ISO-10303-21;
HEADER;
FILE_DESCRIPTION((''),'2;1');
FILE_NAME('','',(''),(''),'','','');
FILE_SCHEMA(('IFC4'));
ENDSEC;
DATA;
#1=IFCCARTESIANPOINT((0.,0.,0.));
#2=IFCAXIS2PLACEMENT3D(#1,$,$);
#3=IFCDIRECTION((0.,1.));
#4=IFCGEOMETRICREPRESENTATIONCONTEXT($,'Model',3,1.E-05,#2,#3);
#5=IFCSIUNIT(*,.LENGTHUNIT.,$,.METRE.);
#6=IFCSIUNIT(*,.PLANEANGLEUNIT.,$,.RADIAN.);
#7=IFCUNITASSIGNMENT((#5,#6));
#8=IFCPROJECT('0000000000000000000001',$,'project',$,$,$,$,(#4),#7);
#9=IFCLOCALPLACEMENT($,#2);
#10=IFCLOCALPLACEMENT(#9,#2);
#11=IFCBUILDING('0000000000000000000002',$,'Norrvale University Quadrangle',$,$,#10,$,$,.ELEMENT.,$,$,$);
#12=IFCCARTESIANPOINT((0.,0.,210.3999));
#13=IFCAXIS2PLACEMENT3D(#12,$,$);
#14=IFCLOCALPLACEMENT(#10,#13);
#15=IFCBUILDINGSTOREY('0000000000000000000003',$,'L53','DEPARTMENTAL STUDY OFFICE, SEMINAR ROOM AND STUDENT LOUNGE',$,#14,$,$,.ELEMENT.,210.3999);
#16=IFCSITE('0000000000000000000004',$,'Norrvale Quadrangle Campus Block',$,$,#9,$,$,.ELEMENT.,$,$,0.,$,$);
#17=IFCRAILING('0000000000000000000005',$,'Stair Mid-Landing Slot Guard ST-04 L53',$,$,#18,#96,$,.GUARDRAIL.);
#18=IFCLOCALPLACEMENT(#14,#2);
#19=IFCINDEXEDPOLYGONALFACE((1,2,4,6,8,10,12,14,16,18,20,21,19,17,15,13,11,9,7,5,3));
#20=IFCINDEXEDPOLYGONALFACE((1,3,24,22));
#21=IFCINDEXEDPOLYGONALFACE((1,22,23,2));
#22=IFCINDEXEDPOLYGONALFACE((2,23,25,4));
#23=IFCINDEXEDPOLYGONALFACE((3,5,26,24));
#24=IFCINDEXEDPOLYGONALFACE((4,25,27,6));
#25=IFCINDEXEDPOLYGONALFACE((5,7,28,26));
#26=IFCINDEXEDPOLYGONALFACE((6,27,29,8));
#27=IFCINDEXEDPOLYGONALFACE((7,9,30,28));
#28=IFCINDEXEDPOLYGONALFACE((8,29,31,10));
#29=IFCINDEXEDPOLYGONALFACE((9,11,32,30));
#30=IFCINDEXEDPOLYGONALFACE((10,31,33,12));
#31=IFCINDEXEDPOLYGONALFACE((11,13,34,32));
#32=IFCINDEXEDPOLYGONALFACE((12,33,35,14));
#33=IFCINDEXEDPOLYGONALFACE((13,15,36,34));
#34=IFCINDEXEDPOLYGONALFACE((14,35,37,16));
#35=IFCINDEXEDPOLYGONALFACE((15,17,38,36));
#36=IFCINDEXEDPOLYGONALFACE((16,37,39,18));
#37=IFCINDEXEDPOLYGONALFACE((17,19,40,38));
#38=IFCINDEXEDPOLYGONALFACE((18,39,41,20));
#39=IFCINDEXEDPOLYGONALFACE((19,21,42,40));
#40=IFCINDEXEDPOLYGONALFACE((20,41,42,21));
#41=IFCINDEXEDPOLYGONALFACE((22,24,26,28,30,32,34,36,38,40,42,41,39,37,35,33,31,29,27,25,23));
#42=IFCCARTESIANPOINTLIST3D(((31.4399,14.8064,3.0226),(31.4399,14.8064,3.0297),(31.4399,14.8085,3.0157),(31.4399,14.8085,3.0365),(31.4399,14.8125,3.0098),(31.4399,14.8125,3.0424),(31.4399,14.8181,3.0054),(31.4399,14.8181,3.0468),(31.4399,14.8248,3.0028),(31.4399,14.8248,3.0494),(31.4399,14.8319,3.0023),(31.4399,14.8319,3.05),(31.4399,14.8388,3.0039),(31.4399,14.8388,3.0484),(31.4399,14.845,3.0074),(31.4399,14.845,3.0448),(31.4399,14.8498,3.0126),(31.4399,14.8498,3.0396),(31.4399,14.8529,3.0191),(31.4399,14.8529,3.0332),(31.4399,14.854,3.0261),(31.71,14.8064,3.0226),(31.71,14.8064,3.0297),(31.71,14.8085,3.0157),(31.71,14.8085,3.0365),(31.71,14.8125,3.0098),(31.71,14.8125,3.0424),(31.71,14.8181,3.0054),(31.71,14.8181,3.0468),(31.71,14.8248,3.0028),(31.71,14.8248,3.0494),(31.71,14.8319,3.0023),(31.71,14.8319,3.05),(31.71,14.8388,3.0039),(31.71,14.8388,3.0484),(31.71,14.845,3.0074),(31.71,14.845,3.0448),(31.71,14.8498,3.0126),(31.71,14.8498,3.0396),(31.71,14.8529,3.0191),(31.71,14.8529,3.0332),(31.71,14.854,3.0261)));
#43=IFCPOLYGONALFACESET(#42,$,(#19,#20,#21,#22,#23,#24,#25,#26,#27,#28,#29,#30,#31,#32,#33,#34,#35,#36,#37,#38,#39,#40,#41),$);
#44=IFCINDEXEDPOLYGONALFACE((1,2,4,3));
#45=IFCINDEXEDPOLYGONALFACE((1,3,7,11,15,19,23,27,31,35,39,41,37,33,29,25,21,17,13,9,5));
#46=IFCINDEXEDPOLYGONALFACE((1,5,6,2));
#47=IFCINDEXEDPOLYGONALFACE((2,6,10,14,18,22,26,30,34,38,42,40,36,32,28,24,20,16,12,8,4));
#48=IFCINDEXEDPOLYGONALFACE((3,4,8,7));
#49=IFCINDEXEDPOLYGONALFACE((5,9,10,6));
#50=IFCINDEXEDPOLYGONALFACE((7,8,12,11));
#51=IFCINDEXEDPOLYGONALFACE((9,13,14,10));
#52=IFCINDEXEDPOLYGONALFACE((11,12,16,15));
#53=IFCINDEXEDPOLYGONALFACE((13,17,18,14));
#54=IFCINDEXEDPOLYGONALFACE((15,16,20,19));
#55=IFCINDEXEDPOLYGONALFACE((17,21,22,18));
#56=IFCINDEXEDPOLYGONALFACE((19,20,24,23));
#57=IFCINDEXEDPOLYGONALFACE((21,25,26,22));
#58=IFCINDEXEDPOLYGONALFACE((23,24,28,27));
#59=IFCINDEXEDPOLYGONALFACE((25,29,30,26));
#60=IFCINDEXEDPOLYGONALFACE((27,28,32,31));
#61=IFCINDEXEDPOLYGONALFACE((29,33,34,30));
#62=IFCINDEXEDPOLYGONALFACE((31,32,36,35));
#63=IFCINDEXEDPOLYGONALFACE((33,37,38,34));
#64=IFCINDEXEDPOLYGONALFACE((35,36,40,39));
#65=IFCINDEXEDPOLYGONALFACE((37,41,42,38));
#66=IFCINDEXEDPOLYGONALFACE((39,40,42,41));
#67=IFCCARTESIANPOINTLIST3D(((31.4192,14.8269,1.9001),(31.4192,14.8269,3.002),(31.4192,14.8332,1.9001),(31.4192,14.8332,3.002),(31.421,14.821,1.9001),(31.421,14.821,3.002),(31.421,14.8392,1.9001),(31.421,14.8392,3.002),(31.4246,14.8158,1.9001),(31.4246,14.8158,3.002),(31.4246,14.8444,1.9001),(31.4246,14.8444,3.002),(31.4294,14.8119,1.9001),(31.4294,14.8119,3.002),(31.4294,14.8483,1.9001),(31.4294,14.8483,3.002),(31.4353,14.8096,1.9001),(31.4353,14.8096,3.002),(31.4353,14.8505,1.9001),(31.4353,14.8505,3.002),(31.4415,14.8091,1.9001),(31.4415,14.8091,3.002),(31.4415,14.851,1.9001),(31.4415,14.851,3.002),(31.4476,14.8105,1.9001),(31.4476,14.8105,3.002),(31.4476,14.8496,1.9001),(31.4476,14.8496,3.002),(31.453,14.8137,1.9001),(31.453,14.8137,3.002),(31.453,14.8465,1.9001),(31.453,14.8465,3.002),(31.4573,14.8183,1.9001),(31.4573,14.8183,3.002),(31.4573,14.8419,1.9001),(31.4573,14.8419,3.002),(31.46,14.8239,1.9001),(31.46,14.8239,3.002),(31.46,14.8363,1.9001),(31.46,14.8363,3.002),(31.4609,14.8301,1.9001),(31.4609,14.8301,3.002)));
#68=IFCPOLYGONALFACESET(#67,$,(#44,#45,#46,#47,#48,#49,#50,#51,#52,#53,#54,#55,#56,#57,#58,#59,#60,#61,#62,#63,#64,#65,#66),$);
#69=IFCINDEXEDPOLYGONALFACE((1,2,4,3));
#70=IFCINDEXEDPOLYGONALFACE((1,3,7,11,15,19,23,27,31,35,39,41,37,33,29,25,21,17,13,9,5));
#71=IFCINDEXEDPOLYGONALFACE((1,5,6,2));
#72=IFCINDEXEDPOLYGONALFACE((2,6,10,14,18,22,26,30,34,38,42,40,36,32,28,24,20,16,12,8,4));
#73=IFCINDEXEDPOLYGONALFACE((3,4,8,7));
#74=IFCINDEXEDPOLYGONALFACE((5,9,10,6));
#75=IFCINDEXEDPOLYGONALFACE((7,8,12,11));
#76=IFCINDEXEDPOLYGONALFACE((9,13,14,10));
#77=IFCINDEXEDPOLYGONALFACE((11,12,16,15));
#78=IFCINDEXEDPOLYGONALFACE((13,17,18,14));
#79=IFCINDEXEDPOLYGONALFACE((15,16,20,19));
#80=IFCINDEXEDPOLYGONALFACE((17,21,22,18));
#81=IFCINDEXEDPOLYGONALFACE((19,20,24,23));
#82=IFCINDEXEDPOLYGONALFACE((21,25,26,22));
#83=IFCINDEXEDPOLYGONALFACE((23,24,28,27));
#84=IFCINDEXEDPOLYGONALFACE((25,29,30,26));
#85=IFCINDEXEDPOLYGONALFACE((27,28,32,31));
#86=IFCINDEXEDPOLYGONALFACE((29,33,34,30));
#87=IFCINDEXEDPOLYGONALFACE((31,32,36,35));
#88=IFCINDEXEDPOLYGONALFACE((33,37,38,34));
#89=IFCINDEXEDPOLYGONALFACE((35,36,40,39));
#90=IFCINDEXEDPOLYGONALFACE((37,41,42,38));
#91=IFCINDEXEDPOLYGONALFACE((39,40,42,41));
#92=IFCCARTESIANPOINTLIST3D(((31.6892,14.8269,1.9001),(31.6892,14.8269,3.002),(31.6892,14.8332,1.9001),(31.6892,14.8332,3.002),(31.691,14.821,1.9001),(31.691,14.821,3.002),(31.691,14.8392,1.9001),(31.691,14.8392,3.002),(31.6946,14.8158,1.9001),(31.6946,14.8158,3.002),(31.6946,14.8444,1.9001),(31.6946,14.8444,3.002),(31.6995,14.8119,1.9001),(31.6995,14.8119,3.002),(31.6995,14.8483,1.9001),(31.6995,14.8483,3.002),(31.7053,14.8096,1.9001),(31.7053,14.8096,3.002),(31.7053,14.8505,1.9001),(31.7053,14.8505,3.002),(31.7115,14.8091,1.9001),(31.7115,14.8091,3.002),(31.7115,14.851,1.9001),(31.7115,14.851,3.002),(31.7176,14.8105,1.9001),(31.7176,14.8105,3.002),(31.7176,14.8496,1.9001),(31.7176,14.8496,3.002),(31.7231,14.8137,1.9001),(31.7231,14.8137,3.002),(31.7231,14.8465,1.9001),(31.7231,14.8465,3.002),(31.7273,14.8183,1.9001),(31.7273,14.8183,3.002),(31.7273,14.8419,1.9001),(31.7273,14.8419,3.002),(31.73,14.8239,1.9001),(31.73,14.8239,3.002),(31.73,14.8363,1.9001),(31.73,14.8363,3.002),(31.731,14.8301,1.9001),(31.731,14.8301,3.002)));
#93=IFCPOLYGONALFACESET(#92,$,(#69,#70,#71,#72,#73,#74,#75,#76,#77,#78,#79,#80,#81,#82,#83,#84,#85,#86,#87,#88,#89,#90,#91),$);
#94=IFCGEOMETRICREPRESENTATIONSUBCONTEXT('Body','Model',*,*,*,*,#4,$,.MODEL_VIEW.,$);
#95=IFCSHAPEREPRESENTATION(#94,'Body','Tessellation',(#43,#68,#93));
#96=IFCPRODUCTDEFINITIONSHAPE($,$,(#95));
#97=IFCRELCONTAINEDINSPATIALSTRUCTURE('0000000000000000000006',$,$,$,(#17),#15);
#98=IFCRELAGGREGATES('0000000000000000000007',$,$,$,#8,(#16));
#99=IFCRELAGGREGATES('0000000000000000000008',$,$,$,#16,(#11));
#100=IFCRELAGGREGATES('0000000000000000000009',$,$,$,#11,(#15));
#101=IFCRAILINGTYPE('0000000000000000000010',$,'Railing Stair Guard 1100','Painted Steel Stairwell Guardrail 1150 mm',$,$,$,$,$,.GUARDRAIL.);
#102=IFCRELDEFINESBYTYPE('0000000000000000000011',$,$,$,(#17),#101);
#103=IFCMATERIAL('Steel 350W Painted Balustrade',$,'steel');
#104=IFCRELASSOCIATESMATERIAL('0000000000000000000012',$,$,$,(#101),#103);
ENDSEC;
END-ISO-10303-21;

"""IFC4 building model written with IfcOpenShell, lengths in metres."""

from ifc_helpers import new_model, si_unit, direction, frame, origin, origin_2d, place, context, subcontext, project, spatial, circle, extrude, material, type_object, element, save


model = new_model("IFC4")

# Units and contexts
model_context = context("Model", 3, precision=1e-05, world=origin(), true_north=direction((0.0, 1.0)))
body_context = subcontext(model_context, "Body", "Model", "MODEL_VIEW")
ifc_project = project(units=[si_unit("LENGTHUNIT", "METRE"), si_unit("PLANEANGLEUNIT", "RADIAN")], contexts=[model_context])

# Site, building, storey
site_placement = place(None, origin())
site = spatial("IfcSite", under=ifc_project, at=site_placement, Name="Norrvale Quadrangle Campus Block", CompositionType="ELEMENT", RefElevation=0.0)
building_placement = place(site_placement, origin())
building = spatial("IfcBuilding", under=site, at=building_placement, Name="Norrvale University Quadrangle", CompositionType="ELEMENT")
storey_placement = place(building_placement, frame((0.0, 0.0, 210.3999)))
storey = spatial("IfcBuildingStorey", under=building, at=storey_placement, Name="L53", Description="DEPARTMENTAL STUDY OFFICE, SEMINAR ROOM AND STUDENT LOUNGE", CompositionType="ELEMENT", Elevation=210.3999)

# Railing
ifc_material_1 = material(Name="Steel 350W Painted Balustrade", Category="steel")
railing_type_1 = type_object("IfcRailingType", Name="Railing Stair Guard 1100", Description="Painted Steel Stairwell Guardrail 1150 mm", PredefinedType="GUARDRAIL", material=ifc_material_1)
for number, where, name in (
    (1, (31.4399, 14.8301, 1.9001), "Stair Mid-Landing Slot Guard ST-04 L53"),
):
    element("IfcRailing", number, at=place(storey_placement, frame(where)), inside=storey, type_object=railing_type_1, Name=name, PredefinedType="GUARDRAIL", context=body_context, shape_type="SweptSolid", body=[
        extrude(circle(Radius=0.0239, at=origin_2d()), frame((0.0, 0.0, 1.126), z_axis=(1.0, 0.0, 0.0), x_axis=(0.0, 1.0, 0.0)), (0.0, 0.0, 1.0), 0.27),
        extrude(circle(Radius=0.021, at=origin_2d()), origin(), (0.0, 0.0, 1.0), 1.1018),
        extrude(circle(Radius=0.021, at=origin_2d()), frame((0.27, 0.0, 0.0)), (0.0, 0.0, 1.0), 1.1018),
    ])

save(model, "model.ifc")
